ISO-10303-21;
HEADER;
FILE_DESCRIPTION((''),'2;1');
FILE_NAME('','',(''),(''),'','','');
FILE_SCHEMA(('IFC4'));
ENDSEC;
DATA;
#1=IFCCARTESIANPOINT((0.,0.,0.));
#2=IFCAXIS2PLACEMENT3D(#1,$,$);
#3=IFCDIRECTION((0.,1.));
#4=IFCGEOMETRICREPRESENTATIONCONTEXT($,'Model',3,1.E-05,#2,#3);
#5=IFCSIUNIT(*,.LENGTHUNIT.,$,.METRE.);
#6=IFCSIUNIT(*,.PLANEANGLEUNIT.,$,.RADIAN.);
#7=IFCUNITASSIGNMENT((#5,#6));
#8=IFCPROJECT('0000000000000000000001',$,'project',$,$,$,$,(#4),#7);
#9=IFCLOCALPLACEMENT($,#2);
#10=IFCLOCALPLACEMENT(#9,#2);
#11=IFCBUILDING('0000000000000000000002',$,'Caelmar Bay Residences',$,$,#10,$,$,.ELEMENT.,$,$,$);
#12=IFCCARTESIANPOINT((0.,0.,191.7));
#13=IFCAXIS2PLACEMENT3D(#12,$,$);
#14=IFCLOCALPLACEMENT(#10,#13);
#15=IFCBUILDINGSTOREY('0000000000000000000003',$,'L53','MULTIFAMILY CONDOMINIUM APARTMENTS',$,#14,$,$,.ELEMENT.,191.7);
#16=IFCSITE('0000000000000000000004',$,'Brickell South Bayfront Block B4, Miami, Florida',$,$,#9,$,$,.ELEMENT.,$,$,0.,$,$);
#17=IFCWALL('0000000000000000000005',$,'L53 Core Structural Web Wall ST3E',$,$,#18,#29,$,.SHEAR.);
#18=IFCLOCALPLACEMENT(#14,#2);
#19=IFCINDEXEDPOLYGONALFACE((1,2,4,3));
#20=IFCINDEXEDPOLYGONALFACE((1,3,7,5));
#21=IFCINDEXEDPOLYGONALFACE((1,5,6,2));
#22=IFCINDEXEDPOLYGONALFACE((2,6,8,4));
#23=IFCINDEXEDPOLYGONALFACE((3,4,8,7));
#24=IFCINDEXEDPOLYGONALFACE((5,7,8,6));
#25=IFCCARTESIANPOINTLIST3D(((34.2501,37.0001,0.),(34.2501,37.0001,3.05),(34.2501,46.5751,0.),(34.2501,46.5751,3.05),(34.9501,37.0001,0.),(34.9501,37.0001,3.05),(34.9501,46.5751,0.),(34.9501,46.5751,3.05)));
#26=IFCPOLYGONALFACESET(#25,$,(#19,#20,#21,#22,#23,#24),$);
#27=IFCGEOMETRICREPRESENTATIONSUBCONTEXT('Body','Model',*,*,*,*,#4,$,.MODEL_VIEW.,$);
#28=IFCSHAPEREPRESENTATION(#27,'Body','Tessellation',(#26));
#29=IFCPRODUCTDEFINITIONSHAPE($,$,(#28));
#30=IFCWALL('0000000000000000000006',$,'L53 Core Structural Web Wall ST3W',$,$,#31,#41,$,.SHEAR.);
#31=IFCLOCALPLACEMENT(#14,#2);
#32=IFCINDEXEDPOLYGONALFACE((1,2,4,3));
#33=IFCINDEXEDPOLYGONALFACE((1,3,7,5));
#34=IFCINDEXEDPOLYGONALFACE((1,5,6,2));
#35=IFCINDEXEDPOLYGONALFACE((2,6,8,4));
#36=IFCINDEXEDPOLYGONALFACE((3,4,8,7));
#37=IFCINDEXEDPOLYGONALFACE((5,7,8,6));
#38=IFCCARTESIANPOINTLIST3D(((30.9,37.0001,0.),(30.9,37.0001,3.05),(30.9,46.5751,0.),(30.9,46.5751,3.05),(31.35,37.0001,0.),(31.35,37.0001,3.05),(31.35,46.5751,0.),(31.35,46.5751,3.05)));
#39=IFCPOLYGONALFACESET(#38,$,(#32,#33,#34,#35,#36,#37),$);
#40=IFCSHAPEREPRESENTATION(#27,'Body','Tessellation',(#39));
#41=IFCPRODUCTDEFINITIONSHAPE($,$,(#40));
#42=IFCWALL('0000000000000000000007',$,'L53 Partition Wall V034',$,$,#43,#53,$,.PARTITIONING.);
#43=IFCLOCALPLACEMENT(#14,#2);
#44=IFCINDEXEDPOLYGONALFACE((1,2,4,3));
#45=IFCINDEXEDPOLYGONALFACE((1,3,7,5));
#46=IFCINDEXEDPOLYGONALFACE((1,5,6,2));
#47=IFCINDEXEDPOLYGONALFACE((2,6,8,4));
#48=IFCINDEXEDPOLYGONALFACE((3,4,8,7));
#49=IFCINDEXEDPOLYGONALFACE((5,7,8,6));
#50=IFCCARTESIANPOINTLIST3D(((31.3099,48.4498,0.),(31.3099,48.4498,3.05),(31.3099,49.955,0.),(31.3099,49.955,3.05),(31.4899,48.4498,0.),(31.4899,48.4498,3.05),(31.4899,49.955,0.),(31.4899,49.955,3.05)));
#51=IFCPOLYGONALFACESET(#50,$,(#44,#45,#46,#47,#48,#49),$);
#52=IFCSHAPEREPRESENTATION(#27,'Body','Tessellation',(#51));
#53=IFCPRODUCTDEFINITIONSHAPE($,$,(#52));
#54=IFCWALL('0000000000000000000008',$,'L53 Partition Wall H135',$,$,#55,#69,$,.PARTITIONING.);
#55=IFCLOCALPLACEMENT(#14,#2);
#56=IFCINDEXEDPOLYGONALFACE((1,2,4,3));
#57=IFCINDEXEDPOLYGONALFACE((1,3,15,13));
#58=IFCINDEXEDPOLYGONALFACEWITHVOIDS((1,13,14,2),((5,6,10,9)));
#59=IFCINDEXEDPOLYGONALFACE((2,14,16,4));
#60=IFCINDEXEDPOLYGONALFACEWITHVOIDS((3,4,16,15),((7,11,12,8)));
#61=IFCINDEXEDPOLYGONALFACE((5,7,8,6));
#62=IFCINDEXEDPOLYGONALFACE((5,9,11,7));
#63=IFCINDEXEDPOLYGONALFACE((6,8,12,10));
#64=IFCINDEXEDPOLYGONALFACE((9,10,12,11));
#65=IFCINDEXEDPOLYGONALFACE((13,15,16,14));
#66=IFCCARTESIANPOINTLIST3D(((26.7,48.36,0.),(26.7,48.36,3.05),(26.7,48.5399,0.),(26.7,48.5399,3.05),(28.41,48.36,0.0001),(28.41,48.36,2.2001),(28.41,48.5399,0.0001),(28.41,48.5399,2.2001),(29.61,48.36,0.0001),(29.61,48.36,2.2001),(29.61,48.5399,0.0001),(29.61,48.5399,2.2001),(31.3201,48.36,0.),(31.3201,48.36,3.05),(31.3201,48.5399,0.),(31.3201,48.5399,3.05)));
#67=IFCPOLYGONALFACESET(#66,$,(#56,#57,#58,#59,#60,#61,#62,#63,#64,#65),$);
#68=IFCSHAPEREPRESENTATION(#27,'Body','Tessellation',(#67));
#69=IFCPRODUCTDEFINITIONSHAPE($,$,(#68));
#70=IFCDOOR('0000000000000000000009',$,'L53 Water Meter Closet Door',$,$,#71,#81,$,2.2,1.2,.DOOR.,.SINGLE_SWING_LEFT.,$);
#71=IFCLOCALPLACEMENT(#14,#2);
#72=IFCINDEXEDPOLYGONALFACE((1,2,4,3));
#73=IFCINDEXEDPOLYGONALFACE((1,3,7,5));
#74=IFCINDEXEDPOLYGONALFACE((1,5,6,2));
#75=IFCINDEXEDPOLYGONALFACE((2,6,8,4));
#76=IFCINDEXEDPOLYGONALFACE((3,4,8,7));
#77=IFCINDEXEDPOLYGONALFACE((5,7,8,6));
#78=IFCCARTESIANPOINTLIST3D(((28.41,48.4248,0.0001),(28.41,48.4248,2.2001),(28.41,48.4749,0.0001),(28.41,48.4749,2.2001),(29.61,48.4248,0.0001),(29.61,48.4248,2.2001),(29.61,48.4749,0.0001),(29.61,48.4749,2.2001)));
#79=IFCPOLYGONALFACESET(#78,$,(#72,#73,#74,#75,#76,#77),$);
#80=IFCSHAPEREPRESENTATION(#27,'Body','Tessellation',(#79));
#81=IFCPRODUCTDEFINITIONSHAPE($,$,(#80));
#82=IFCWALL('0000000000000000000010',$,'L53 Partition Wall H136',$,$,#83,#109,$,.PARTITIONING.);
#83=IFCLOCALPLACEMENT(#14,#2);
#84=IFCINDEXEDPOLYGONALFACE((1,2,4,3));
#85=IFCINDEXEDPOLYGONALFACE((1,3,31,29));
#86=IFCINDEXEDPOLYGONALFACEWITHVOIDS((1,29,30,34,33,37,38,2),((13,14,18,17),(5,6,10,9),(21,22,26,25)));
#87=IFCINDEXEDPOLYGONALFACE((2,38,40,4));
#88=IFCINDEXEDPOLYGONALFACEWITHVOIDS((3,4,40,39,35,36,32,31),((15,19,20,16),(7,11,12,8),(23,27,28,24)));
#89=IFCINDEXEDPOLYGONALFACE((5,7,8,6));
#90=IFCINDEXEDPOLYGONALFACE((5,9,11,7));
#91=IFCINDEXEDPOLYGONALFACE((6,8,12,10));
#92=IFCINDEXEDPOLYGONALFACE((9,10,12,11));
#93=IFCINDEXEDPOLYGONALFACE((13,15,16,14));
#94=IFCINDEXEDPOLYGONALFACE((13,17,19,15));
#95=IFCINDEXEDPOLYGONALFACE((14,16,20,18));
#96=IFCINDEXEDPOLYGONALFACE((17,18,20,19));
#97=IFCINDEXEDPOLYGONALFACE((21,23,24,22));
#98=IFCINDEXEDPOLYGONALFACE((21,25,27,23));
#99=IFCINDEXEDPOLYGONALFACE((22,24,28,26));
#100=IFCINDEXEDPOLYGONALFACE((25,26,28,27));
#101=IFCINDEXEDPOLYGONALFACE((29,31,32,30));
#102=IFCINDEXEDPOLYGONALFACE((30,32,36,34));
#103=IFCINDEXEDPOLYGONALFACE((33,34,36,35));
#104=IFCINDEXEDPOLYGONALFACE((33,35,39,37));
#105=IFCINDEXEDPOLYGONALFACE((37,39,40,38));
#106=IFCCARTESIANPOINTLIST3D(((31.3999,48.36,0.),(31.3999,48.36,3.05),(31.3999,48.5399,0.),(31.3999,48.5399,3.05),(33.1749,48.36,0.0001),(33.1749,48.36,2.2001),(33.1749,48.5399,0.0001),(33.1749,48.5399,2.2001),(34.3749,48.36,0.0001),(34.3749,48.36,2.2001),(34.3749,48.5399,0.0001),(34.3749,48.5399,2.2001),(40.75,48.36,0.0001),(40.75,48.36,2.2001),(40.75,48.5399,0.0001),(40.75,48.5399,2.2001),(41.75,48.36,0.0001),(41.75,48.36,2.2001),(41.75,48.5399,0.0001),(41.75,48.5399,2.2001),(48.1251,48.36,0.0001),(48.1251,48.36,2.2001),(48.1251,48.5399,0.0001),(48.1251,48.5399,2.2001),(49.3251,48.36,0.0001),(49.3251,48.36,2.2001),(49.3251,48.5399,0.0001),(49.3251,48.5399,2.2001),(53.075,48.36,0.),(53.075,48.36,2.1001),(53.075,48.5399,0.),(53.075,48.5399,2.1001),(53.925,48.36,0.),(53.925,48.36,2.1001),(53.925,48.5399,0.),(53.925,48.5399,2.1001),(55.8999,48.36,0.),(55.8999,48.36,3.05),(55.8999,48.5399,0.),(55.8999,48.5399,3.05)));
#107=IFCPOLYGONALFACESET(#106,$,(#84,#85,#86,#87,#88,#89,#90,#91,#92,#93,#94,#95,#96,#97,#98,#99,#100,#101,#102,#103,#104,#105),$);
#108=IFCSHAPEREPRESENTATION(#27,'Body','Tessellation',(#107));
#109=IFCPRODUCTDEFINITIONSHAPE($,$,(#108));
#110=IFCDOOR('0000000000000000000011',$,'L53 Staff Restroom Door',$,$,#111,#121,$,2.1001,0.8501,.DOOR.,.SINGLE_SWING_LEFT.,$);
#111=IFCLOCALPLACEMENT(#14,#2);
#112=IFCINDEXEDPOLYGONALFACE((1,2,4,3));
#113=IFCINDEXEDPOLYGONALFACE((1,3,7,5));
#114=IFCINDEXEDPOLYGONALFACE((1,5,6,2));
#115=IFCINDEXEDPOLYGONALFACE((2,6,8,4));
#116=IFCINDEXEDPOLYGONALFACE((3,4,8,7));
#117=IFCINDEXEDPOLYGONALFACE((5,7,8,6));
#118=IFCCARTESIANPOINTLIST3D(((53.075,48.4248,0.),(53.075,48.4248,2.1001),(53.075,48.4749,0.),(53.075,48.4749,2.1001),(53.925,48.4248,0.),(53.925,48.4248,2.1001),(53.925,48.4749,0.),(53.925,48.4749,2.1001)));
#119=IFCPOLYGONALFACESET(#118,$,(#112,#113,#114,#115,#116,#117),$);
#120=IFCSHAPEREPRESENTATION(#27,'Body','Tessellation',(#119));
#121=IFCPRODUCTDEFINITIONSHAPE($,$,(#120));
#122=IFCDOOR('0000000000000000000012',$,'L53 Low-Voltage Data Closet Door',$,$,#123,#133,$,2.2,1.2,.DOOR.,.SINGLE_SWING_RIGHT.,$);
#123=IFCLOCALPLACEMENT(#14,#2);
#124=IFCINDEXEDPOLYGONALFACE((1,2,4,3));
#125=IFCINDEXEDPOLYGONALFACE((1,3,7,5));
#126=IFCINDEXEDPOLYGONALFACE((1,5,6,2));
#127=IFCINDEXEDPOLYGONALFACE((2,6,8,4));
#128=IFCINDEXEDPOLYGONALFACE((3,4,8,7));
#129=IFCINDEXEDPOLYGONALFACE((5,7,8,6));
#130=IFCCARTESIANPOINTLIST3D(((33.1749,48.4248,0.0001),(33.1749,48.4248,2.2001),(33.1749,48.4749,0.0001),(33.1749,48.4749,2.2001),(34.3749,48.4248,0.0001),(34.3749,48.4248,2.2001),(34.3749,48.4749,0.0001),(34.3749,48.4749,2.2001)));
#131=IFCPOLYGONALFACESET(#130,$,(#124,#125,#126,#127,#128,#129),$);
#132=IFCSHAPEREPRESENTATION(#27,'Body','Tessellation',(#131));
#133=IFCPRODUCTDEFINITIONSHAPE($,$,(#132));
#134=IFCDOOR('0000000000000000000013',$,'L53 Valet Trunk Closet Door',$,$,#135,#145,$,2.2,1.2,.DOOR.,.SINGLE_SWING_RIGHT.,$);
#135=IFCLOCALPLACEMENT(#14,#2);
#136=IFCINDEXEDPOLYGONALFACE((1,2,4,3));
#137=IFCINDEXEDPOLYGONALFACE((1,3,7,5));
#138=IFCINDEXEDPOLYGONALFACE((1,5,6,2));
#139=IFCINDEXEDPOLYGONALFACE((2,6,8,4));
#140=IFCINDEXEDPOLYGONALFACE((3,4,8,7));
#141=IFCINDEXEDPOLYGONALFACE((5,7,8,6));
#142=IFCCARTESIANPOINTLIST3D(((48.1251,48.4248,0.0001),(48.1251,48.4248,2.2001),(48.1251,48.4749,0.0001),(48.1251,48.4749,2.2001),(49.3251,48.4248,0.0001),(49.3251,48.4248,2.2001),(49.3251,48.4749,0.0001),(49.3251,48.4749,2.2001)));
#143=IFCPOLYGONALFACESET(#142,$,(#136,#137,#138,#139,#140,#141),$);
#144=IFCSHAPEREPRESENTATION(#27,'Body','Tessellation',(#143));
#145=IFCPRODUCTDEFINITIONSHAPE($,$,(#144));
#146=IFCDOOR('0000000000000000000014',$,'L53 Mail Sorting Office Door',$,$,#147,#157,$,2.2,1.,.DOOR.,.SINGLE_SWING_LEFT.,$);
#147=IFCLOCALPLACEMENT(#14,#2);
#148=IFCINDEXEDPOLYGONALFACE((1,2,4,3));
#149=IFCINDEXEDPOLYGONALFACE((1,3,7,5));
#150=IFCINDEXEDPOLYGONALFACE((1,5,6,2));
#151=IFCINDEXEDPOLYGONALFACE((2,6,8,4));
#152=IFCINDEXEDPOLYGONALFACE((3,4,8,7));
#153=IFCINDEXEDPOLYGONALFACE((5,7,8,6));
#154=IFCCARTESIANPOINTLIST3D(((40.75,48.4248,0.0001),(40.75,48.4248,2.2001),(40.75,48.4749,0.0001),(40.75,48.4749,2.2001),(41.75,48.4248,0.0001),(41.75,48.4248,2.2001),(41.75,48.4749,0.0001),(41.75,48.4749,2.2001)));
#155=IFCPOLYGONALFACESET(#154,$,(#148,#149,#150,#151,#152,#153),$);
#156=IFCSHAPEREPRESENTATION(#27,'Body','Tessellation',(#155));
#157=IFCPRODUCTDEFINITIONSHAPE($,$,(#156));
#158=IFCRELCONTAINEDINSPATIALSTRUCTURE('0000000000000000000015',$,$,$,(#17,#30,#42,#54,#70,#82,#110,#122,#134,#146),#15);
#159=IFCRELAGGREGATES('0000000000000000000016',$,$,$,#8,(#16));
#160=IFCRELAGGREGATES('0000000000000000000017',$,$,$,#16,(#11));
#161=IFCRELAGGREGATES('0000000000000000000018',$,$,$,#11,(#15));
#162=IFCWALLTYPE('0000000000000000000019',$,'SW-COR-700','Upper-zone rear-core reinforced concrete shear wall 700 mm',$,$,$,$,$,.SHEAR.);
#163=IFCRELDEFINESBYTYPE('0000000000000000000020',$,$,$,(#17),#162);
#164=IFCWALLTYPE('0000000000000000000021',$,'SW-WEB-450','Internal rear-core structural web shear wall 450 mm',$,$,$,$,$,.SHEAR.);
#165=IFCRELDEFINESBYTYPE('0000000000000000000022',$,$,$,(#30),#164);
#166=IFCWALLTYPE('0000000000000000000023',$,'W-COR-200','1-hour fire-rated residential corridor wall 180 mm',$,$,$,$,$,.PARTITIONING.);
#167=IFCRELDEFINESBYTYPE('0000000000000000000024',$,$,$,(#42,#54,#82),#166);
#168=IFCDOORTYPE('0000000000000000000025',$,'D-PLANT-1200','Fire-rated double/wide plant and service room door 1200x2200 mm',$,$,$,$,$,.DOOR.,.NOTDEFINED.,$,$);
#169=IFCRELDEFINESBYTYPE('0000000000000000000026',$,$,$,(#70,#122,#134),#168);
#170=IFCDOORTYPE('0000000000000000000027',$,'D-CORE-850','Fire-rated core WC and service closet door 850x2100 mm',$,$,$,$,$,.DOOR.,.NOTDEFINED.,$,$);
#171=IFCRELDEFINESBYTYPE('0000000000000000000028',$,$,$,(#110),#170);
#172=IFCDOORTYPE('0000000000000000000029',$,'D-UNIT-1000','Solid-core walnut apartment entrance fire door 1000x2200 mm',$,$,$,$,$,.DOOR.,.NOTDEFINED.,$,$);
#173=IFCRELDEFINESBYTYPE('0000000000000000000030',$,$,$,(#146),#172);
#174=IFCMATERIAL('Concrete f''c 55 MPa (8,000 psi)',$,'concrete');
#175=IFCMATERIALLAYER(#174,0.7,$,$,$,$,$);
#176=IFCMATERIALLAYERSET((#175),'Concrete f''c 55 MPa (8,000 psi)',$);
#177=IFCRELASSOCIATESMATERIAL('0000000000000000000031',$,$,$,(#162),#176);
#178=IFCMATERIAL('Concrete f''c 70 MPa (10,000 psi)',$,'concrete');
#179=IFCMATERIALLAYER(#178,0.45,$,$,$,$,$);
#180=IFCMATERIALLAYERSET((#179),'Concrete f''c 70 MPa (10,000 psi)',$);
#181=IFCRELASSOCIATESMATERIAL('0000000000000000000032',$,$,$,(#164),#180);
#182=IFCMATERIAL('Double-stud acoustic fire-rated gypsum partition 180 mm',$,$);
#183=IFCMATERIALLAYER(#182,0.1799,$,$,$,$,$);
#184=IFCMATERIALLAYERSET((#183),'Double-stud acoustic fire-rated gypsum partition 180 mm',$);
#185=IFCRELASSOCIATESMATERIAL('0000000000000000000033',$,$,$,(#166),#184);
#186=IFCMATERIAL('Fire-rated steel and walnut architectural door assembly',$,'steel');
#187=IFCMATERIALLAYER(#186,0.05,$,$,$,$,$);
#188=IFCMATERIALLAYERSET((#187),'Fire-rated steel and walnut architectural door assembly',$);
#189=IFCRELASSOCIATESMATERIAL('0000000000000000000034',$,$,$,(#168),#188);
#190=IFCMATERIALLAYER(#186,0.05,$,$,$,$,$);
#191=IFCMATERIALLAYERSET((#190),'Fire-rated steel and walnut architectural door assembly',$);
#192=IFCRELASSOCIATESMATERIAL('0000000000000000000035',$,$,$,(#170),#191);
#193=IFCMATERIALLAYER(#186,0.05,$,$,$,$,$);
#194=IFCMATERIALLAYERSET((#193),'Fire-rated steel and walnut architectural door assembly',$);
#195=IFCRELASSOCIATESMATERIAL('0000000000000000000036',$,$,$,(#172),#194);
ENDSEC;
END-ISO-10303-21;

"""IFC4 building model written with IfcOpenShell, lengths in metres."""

from ifc_helpers import new_model, si_unit, direction, frame, frame_2d, origin, place, context, subcontext, project, spatial, rectangle, extrude, material, layer, layer_set, type_object, element, fill, save


model = new_model("IFC4")

# Units and contexts
model_context = context("Model", 3, precision=1e-05, world=origin(), true_north=direction((0.0, 1.0)))
body_context = subcontext(model_context, "Body", "Model", "MODEL_VIEW")
ifc_project = project(units=[si_unit("LENGTHUNIT", "METRE"), si_unit("PLANEANGLEUNIT", "RADIAN")], contexts=[model_context])

# Site, building, storey
site_placement = place(None, origin())
site = spatial("IfcSite", under=ifc_project, at=site_placement, Name="Brickell South Bayfront Block B4, Miami, Florida", CompositionType="ELEMENT", RefElevation=0.0)
building_placement = place(site_placement, origin())
building = spatial("IfcBuilding", under=site, at=building_placement, Name="Caelmar Bay Residences", CompositionType="ELEMENT")
storey_placement = place(building_placement, frame((0.0, 0.0, 191.7)))
storey = spatial("IfcBuildingStorey", under=building, at=storey_placement, Name="L53", Description="MULTIFAMILY CONDOMINIUM APARTMENTS", CompositionType="ELEMENT", Elevation=191.7)

# Walls
ifc_material_1 = material(Name="Concrete f'c 55 MPa (8,000 psi)", Category="concrete")
ifc_layer_1 = layer(ifc_material_1, 0.7)
ifc_layer_set_1 = layer_set([ifc_layer_1], Name="Concrete f'c 55 MPa (8,000 psi)")
wall_type_1 = type_object("IfcWallType", Name="SW-COR-700", Description="Upper-zone rear-core reinforced concrete shear wall 700 mm", PredefinedType="SHEAR", material=ifc_layer_set_1)
wall_1_placement = place(storey_placement, frame((34.6001, 37.0, 0.0), z_axis=(0.0, 0.0, 1.0), x_axis=(0.0, 1.0, 0.0)))
element("IfcWall", 1, at=wall_1_placement, inside=storey, type_object=wall_type_1, Name="L53 Core Structural Web Wall ST3E", PredefinedType="SHEAR", context=body_context, shape_type="SweptSolid", body=[
    extrude(rectangle(XDim=9.575, YDim=0.7, at=frame_2d((4.7876, 0.0))), origin(), (0.0, 0.0, 1.0), 3.05),
])
ifc_material_2 = material(Name="Concrete f'c 70 MPa (10,000 psi)", Category="concrete")
ifc_layer_2 = layer(ifc_material_2, 0.45)
ifc_layer_set_2 = layer_set([ifc_layer_2], Name="Concrete f'c 70 MPa (10,000 psi)")
wall_type_2 = type_object("IfcWallType", Name="SW-WEB-450", Description="Internal rear-core structural web shear wall 450 mm", PredefinedType="SHEAR", material=ifc_layer_set_2)
wall_2_placement = place(storey_placement, frame((31.125, 37.0, 0.0), z_axis=(0.0, 0.0, 1.0), x_axis=(0.0, 1.0, 0.0)))
element("IfcWall", 2, at=wall_2_placement, inside=storey, type_object=wall_type_2, Name="L53 Core Structural Web Wall ST3W", PredefinedType="SHEAR", context=body_context, shape_type="SweptSolid", body=[
    extrude(rectangle(XDim=9.575, YDim=0.45, at=frame_2d((4.7876, 0.0))), origin(), (0.0, 0.0, 1.0), 3.05),
])
ifc_material_3 = material(Name="Double-stud acoustic fire-rated gypsum partition 180 mm")
ifc_layer_3 = layer(ifc_material_3, 0.1799)
ifc_layer_set_3 = layer_set([ifc_layer_3], Name="Double-stud acoustic fire-rated gypsum partition 180 mm")
wall_type_3 = type_object("IfcWallType", Name="W-COR-200", Description="1-hour fire-rated residential corridor wall 180 mm", PredefinedType="PARTITIONING", material=ifc_layer_set_3)
wall_3_placement = place(storey_placement, frame((31.3999, 48.45, 0.0), z_axis=(0.0, 0.0, 1.0), x_axis=(0.0, 1.0, 0.0)))
element("IfcWall", 3, at=wall_3_placement, inside=storey, type_object=wall_type_3, Name="L53 Partition Wall V034", PredefinedType="PARTITIONING", context=body_context, shape_type="SweptSolid", body=[
    extrude(rectangle(XDim=1.5051, YDim=0.1799, at=frame_2d((0.7524, 0.0))), origin(), (0.0, 0.0, 1.0), 3.05),
])

# Wall, opening, door
wall_4_placement = place(storey_placement, frame((26.7, 48.45, 0.0), z_axis=(0.0, 0.0, 1.0), x_axis=(1.0, 0.0, 0.0)))
wall_4 = element("IfcWall", 4, at=wall_4_placement, inside=storey, type_object=wall_type_3, Name="L53 Partition Wall H135", PredefinedType="PARTITIONING", context=body_context, shape_type="SweptSolid", body=[
    extrude(rectangle(XDim=4.6201, YDim=0.1799, at=frame_2d((2.3101, 0.0))), origin(), (0.0, 0.0, 1.0), 3.05),
])
opening_1_placement = place(wall_4_placement, frame((1.71, 0.0, 0.0)))
opening_1 = element("IfcOpeningElement", 5, at=opening_1_placement, cuts=wall_4, PredefinedType="OPENING", context=body_context, shape_type="SweptSolid", body=[
    extrude(rectangle(XDim=1.2, YDim=2.2, at=frame_2d((0.6001, 1.1001))), frame((0.0, 0.0999, 0.0), z_axis=(0.0, -1.0, 0.0), x_axis=(1.0, 0.0, 0.0)), (0.0, 0.0, 1.0), 0.2),
])
ifc_material_4 = material(Name="Fire-rated steel and walnut architectural door assembly", Category="steel")
ifc_layer_4 = layer(ifc_material_4, 0.05)
ifc_layer_set_4 = layer_set([ifc_layer_4], Name="Fire-rated steel and walnut architectural door assembly")
door_type_1 = type_object("IfcDoorType", Name="D-PLANT-1200", Description="Fire-rated double/wide plant and service room door 1200x2200 mm", OperationType="NOTDEFINED", PredefinedType="DOOR", material=ifc_layer_set_4)
door_1_placement = place(opening_1_placement, origin())
door_1 = element("IfcDoor", 6, at=door_1_placement, inside=storey, type_object=door_type_1, Name="L53 Water Meter Closet Door", OperationType="SINGLE_SWING_LEFT", OverallHeight=2.2, OverallWidth=1.2, PredefinedType="DOOR", context=body_context, shape_type="SweptSolid", body=[
    extrude(rectangle(XDim=1.2, YDim=2.2, at=frame_2d((0.6001, 1.1001))), frame((0.0, 0.0249, 0.0), z_axis=(0.0, -1.0, 0.0), x_axis=(1.0, 0.0, 0.0)), (0.0, 0.0, 1.0), 0.05),
])
fill(opening_1, door_1)

# Wall, openings, doors
wall_5_placement = place(storey_placement, frame((31.3999, 48.45, 0.0), z_axis=(0.0, 0.0, 1.0), x_axis=(1.0, 0.0, 0.0)))
wall_5 = element("IfcWall", 7, at=wall_5_placement, inside=storey, type_object=wall_type_3, Name="L53 Partition Wall H136", PredefinedType="PARTITIONING", context=body_context, shape_type="SweptSolid", body=[
    extrude(rectangle(XDim=24.5, YDim=0.1799, at=frame_2d((12.25, 0.0))), origin(), (0.0, 0.0, 1.0), 3.05),
])
opening_2_placement = place(wall_5_placement, frame((1.7749, 0.0, 0.0)))
opening_2 = element("IfcOpeningElement", 8, at=opening_2_placement, cuts=wall_5, PredefinedType="OPENING", context=body_context, shape_type="SweptSolid", body=[
    extrude(rectangle(XDim=1.2, YDim=2.2, at=frame_2d((0.6001, 1.1001))), frame((0.0, 0.0999, 0.0), z_axis=(0.0, -1.0, 0.0), x_axis=(1.0, 0.0, 0.0)), (0.0, 0.0, 1.0), 0.2),
])
opening_3_placement = place(wall_5_placement, frame((9.3501, 0.0, 0.0)))
opening_3 = element("IfcOpeningElement", 9, at=opening_3_placement, cuts=wall_5, PredefinedType="OPENING", context=body_context, shape_type="SweptSolid", body=[
    extrude(rectangle(XDim=1.0, YDim=2.2, at=frame_2d((0.5, 1.1001))), frame((0.0, 0.0999, 0.0), z_axis=(0.0, -1.0, 0.0), x_axis=(1.0, 0.0, 0.0)), (0.0, 0.0, 1.0), 0.2),
])
opening_4_placement = place(wall_5_placement, frame((16.7251, 0.0, 0.0)))
opening_4 = element("IfcOpeningElement", 10, at=opening_4_placement, cuts=wall_5, PredefinedType="OPENING", context=body_context, shape_type="SweptSolid", body=[
    extrude(rectangle(XDim=1.2, YDim=2.2, at=frame_2d((0.6001, 1.1001))), frame((0.0, 0.0999, 0.0), z_axis=(0.0, -1.0, 0.0), x_axis=(1.0, 0.0, 0.0)), (0.0, 0.0, 1.0), 0.2),
])
opening_5_placement = place(wall_5_placement, frame((21.675, 0.0, 0.0)))
opening_5 = element("IfcOpeningElement", 11, at=opening_5_placement, cuts=wall_5, PredefinedType="OPENING", context=body_context, shape_type="SweptSolid", body=[
    extrude(rectangle(XDim=0.8501, YDim=2.1001, at=frame_2d((0.425, 1.05))), frame((0.0, 0.0999, 0.0), z_axis=(0.0, -1.0, 0.0), x_axis=(1.0, 0.0, 0.0)), (0.0, 0.0, 1.0), 0.2),
])
ifc_layer_5 = layer(ifc_material_4, 0.05)
ifc_layer_set_5 = layer_set([ifc_layer_5], Name="Fire-rated steel and walnut architectural door assembly")
door_type_2 = type_object("IfcDoorType", Name="D-CORE-850", Description="Fire-rated core WC and service closet door 850x2100 mm", OperationType="NOTDEFINED", PredefinedType="DOOR", material=ifc_layer_set_5)
door_2_placement = place(opening_5_placement, origin())
door_2 = element("IfcDoor", 12, at=door_2_placement, inside=storey, type_object=door_type_2, Name="L53 Staff Restroom Door", OperationType="SINGLE_SWING_LEFT", OverallHeight=2.1001, OverallWidth=0.8501, PredefinedType="DOOR", context=body_context, shape_type="SweptSolid", body=[
    extrude(rectangle(XDim=0.8501, YDim=2.1001, at=frame_2d((0.425, 1.05))), frame((0.0, 0.0249, 0.0), z_axis=(0.0, -1.0, 0.0), x_axis=(1.0, 0.0, 0.0)), (0.0, 0.0, 1.0), 0.05),
])
fill(opening_5, door_2)
door_3_placement = place(opening_2_placement, origin())
door_3 = element("IfcDoor", 13, at=door_3_placement, inside=storey, type_object=door_type_1, Name="L53 Low-Voltage Data Closet Door", OperationType="SINGLE_SWING_RIGHT", OverallHeight=2.2, OverallWidth=1.2, PredefinedType="DOOR", context=body_context, shape_type="SweptSolid", body=[
    extrude(rectangle(XDim=1.2, YDim=2.2, at=frame_2d((0.6001, 1.1001))), frame((0.0, 0.0249, 0.0), z_axis=(0.0, -1.0, 0.0), x_axis=(1.0, 0.0, 0.0)), (0.0, 0.0, 1.0), 0.05),
])
fill(opening_2, door_3)
door_4_placement = place(opening_4_placement, origin())
door_4 = element("IfcDoor", 14, at=door_4_placement, inside=storey, type_object=door_type_1, Name="L53 Valet Trunk Closet Door", OperationType="SINGLE_SWING_RIGHT", OverallHeight=2.2, OverallWidth=1.2, PredefinedType="DOOR", context=body_context, shape_type="SweptSolid", body=[
    extrude(rectangle(XDim=1.2, YDim=2.2, at=frame_2d((0.6001, 1.1001))), frame((0.0, 0.0249, 0.0), z_axis=(0.0, -1.0, 0.0), x_axis=(1.0, 0.0, 0.0)), (0.0, 0.0, 1.0), 0.05),
])
fill(opening_4, door_4)
ifc_layer_6 = layer(ifc_material_4, 0.05)
ifc_layer_set_6 = layer_set([ifc_layer_6], Name="Fire-rated steel and walnut architectural door assembly")
door_type_3 = type_object("IfcDoorType", Name="D-UNIT-1000", Description="Solid-core walnut apartment entrance fire door 1000x2200 mm", OperationType="NOTDEFINED", PredefinedType="DOOR", material=ifc_layer_set_6)
door_5_placement = place(opening_3_placement, origin())
door_5 = element("IfcDoor", 15, at=door_5_placement, inside=storey, type_object=door_type_3, Name="L53 Mail Sorting Office Door", OperationType="SINGLE_SWING_LEFT", OverallHeight=2.2, OverallWidth=1.0, PredefinedType="DOOR", context=body_context, shape_type="SweptSolid", body=[
    extrude(rectangle(XDim=1.0, YDim=2.2, at=frame_2d((0.5, 1.1001))), frame((0.0, 0.0249, 0.0), z_axis=(0.0, -1.0, 0.0), x_axis=(1.0, 0.0, 0.0)), (0.0, 0.0, 1.0), 0.05),
])
fill(opening_3, door_5)

save(model, "model.ifc")
